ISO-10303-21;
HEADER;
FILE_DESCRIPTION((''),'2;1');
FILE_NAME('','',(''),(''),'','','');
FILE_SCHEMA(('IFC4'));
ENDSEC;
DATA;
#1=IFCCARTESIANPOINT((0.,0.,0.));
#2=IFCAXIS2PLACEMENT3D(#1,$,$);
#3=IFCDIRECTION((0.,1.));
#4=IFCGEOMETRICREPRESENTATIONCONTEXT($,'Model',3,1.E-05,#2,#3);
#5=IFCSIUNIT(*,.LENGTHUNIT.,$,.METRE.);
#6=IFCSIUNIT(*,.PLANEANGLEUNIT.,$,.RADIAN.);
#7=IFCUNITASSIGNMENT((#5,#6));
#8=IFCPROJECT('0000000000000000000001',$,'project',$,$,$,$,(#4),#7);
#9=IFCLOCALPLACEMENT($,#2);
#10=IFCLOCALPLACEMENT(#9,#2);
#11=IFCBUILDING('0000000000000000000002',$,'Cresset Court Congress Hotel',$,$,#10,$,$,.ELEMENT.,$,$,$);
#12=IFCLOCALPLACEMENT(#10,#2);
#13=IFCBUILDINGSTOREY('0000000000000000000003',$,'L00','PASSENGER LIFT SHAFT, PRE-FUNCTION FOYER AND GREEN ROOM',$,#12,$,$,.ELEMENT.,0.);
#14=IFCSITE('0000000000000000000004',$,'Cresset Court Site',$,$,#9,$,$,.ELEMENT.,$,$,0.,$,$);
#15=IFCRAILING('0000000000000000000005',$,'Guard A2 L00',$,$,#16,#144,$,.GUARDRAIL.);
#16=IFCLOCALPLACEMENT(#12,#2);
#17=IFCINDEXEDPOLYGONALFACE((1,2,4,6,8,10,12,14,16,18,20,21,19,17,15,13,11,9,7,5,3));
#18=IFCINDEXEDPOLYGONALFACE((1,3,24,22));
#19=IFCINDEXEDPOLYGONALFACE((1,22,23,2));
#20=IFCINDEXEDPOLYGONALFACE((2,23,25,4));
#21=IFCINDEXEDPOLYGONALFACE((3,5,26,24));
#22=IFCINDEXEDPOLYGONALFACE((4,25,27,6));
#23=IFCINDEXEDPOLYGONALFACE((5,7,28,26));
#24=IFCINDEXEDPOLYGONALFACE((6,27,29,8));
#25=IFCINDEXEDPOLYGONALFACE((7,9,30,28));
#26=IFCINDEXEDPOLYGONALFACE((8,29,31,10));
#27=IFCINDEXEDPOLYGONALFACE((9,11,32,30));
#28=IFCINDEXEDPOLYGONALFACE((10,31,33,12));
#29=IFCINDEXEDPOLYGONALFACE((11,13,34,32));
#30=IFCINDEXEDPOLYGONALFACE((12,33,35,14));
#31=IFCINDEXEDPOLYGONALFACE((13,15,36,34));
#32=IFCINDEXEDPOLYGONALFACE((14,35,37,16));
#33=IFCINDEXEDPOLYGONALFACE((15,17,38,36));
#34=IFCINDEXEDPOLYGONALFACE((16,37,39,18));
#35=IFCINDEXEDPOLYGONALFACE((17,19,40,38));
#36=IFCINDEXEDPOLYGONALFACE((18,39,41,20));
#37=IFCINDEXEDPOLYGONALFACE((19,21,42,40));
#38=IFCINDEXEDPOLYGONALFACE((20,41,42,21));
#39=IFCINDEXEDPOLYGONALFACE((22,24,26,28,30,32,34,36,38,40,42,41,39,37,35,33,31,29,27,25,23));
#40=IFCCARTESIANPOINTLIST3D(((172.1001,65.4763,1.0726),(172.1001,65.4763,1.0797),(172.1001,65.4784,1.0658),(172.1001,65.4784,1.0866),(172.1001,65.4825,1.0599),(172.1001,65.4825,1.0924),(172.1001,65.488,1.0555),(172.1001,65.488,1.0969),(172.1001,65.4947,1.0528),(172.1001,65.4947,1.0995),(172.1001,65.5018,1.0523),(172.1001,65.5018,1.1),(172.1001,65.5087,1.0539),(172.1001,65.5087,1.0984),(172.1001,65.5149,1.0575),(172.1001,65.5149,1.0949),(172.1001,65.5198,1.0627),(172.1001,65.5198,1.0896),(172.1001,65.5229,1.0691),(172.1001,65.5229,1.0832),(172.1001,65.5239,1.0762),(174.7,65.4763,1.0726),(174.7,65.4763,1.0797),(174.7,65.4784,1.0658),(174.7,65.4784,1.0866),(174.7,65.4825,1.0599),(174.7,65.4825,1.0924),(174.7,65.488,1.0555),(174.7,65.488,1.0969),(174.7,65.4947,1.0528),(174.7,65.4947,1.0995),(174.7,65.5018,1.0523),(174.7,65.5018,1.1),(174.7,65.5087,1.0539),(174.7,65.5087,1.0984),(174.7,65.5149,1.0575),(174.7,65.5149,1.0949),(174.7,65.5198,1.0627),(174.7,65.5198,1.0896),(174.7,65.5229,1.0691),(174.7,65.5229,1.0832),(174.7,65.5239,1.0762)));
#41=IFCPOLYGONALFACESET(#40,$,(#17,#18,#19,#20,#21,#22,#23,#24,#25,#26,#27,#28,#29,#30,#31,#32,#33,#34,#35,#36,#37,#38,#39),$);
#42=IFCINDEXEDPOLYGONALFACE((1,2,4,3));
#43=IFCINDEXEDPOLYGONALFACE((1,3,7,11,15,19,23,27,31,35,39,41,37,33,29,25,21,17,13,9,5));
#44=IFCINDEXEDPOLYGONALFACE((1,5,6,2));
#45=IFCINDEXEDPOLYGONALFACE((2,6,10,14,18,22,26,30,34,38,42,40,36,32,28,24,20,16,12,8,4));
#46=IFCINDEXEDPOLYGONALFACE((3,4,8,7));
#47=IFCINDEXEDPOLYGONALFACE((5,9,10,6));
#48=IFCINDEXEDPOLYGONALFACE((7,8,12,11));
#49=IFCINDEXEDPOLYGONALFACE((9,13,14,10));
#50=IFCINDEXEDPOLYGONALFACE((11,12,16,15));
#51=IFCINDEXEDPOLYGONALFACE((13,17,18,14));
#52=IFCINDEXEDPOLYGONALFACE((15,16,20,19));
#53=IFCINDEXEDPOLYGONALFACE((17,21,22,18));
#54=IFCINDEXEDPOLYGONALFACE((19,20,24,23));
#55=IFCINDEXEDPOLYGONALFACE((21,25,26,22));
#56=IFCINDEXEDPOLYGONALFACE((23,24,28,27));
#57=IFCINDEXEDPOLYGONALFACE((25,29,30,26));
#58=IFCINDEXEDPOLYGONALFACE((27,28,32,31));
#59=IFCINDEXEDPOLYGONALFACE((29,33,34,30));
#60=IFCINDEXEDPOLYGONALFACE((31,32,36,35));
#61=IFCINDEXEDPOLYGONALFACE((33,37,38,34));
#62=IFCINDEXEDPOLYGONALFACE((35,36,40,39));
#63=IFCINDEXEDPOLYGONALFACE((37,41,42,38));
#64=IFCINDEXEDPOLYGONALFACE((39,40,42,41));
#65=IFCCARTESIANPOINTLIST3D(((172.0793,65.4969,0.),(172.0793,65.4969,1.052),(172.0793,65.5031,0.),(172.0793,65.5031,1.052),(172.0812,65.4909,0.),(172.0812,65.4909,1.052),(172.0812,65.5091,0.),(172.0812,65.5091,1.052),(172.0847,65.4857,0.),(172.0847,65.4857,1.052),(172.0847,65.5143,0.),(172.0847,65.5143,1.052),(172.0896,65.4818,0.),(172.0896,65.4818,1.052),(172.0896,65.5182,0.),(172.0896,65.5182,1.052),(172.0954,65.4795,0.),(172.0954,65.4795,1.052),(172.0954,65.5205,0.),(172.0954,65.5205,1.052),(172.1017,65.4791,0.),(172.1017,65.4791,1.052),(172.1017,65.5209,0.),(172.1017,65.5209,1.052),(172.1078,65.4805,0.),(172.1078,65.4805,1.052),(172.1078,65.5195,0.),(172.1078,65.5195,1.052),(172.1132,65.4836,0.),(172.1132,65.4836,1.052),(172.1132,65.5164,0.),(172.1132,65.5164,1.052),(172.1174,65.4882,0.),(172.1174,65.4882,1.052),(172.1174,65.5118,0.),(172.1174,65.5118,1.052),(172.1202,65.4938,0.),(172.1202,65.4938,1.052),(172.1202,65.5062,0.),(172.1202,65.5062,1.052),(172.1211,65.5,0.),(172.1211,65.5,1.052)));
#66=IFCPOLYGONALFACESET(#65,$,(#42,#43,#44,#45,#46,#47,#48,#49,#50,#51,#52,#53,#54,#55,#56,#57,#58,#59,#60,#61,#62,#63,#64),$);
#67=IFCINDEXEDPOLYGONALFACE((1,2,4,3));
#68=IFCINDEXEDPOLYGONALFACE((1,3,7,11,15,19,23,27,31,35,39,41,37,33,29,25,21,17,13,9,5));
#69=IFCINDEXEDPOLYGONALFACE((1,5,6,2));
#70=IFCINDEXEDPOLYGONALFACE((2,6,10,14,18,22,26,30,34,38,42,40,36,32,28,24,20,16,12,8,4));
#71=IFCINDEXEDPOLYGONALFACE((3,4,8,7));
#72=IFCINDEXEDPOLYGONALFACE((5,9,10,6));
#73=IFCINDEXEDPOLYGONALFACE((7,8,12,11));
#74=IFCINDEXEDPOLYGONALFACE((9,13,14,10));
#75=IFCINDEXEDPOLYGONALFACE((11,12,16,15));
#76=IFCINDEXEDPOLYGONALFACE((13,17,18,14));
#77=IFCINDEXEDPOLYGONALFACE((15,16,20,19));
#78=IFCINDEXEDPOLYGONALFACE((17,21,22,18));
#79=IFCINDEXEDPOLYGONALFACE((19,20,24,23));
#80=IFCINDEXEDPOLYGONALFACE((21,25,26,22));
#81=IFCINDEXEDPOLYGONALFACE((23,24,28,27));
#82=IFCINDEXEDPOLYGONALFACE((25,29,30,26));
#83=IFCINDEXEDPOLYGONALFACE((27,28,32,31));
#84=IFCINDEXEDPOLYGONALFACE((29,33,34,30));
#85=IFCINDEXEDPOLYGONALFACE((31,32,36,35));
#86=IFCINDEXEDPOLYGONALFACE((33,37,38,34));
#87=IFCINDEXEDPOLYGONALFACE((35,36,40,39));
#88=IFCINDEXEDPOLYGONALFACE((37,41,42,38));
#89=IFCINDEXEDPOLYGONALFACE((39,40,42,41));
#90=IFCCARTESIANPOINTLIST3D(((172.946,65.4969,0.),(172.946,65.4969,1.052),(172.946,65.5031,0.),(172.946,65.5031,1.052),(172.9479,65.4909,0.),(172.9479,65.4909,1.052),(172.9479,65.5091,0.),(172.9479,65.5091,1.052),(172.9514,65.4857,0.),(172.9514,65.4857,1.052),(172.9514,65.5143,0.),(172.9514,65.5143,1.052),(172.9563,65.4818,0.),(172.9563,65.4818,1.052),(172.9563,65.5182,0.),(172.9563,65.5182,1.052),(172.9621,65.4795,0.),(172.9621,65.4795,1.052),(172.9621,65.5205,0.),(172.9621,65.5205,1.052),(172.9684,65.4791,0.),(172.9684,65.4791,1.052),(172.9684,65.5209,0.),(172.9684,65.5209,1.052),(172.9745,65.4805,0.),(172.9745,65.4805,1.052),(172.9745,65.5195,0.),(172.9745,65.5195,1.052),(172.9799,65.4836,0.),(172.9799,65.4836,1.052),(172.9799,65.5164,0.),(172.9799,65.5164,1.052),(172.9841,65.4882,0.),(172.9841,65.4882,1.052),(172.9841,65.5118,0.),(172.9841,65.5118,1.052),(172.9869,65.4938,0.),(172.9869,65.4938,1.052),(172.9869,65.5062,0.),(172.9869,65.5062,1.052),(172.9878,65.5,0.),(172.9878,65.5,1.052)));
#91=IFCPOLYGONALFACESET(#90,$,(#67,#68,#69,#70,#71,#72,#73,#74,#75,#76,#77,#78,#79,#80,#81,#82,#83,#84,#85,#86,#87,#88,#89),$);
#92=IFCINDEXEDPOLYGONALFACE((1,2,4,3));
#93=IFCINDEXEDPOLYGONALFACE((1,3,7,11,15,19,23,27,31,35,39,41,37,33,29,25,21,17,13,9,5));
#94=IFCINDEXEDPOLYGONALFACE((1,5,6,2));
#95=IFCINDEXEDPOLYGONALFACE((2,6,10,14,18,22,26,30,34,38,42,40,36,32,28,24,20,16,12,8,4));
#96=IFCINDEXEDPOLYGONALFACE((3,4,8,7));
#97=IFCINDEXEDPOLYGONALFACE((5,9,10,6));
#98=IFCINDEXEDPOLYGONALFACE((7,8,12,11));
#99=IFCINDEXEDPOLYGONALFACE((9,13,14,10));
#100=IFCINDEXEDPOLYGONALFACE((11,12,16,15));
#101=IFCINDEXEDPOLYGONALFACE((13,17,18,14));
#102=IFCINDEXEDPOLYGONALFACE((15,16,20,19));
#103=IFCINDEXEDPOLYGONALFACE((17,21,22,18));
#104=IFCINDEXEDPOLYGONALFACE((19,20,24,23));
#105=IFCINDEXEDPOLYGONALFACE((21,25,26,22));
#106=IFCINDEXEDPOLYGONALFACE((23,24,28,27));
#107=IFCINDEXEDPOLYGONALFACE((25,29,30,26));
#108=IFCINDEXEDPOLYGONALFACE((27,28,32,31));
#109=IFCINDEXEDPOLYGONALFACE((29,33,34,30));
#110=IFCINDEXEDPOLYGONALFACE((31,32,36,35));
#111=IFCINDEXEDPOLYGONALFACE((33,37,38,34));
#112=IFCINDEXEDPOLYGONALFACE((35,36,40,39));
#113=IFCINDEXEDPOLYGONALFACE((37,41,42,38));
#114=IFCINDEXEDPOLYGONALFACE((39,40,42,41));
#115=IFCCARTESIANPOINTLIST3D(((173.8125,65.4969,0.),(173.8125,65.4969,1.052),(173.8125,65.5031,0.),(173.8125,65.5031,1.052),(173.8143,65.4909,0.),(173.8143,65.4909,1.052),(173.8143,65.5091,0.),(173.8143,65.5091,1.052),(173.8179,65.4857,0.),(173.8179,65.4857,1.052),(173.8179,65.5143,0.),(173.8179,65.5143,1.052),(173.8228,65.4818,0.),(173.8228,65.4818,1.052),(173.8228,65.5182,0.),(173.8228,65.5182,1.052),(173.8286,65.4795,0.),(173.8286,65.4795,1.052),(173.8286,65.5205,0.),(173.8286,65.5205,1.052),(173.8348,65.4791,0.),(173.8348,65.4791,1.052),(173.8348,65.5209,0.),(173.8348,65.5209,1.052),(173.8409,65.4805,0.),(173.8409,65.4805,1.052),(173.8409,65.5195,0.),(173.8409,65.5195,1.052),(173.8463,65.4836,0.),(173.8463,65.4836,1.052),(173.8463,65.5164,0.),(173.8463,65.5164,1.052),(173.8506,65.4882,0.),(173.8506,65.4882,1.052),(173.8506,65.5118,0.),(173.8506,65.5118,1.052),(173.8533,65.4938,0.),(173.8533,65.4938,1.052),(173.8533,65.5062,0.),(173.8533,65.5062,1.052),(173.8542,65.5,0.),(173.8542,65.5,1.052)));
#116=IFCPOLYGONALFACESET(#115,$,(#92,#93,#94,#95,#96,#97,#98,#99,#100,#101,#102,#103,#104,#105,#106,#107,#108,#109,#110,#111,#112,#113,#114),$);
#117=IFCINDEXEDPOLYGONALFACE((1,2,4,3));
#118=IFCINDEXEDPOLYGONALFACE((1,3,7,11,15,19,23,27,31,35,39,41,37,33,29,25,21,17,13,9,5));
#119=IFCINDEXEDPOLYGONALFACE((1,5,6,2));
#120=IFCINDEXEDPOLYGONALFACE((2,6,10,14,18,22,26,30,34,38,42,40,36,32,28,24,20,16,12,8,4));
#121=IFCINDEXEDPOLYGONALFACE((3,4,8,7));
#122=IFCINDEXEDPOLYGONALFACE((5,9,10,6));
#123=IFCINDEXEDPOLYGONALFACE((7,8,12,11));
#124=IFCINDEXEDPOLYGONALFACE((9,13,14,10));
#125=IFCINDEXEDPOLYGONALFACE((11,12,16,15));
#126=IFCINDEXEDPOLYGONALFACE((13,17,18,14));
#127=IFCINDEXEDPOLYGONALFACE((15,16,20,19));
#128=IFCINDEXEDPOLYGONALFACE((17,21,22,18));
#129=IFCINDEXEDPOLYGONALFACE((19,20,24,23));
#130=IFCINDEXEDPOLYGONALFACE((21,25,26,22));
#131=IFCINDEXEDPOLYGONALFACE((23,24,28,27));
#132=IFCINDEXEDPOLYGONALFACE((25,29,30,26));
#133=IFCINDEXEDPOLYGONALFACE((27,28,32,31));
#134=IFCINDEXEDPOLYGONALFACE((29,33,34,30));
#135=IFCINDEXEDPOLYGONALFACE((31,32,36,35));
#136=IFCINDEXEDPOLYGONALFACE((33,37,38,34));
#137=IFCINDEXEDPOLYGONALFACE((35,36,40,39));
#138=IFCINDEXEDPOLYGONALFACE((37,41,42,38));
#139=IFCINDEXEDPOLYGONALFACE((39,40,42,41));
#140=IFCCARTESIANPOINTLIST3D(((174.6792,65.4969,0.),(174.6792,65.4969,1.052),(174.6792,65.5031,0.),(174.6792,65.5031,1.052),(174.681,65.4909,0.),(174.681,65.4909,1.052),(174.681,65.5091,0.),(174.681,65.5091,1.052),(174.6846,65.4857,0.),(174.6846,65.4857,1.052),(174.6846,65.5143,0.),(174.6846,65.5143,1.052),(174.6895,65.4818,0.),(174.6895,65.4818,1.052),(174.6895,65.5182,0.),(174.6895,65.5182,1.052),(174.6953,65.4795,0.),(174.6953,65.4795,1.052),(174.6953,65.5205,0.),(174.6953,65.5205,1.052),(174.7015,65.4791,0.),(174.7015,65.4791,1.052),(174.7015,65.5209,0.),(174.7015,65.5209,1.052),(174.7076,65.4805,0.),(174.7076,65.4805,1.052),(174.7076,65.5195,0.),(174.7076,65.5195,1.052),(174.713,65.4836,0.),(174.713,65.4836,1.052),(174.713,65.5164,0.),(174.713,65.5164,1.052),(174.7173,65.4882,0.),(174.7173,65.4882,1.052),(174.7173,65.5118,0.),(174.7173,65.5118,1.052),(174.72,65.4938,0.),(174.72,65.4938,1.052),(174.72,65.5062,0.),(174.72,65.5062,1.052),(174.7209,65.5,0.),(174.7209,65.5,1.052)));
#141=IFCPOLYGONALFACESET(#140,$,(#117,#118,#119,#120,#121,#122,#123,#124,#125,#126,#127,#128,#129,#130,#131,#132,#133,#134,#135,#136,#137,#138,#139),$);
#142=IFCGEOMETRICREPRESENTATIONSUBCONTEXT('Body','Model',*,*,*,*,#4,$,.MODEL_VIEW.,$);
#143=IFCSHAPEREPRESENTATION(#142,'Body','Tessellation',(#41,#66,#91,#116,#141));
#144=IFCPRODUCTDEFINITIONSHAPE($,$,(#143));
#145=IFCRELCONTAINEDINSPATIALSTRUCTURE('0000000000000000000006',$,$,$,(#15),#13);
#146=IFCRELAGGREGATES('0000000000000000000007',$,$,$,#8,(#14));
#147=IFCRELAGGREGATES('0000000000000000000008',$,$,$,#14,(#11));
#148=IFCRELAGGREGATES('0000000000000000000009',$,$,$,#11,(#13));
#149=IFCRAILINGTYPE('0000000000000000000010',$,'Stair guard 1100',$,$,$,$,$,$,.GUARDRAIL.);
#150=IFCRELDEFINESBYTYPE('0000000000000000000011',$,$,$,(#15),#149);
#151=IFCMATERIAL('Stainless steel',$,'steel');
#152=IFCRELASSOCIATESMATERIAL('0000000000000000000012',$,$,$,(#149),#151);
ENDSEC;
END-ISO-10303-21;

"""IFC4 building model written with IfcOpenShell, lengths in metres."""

from ifc_helpers import new_model, si_unit, direction, frame, origin, origin_2d, place, context, subcontext, project, spatial, circle, extrude, material, type_object, element, save


model = new_model("IFC4")

# Units and contexts
model_context = context("Model", 3, precision=1e-05, world=origin(), true_north=direction((0.0, 1.0)))
body_context = subcontext(model_context, "Body", "Model", "MODEL_VIEW")
ifc_project = project(units=[si_unit("LENGTHUNIT", "METRE"), si_unit("PLANEANGLEUNIT", "RADIAN")], contexts=[model_context])

# Site, building, storey
site_placement = place(None, origin())
site = spatial("IfcSite", under=ifc_project, at=site_placement, Name="Cresset Court Site", CompositionType="ELEMENT", RefElevation=0.0)
building_placement = place(site_placement, origin())
building = spatial("IfcBuilding", under=site, at=building_placement, Name="Cresset Court Congress Hotel", CompositionType="ELEMENT")
storey_placement = place(building_placement, origin())
storey = spatial("IfcBuildingStorey", under=building, at=storey_placement, Name="L00", Description="PASSENGER LIFT SHAFT, PRE-FUNCTION FOYER AND GREEN ROOM", CompositionType="ELEMENT", Elevation=0.0)

# Railing
ifc_material_1 = material(Name="Stainless steel", Category="steel")
railing_type_1 = type_object("IfcRailingType", Name="Stair guard 1100", PredefinedType="GUARDRAIL", material=ifc_material_1)
for number, where, name in (
    (1, (172.1001, 65.5, 0.0), "Guard A2 L00"),
):
    element("IfcRailing", number, at=place(storey_placement, frame(where)), inside=storey, type_object=railing_type_1, Name=name, PredefinedType="GUARDRAIL", context=body_context, shape_type="SweptSolid", body=[
        extrude(circle(Radius=0.0239, at=origin_2d()), frame((0.0, 0.0, 1.0762), z_axis=(1.0, 0.0, 0.0), x_axis=(0.0, 1.0, 0.0)), (0.0, 0.0, 1.0), 2.5999),
        extrude(circle(Radius=0.021, at=origin_2d()), origin(), (0.0, 0.0, 1.0), 1.052),
        extrude(circle(Radius=0.021, at=origin_2d()), frame((0.8667, 0.0, 0.0)), (0.0, 0.0, 1.0), 1.052),
        extrude(circle(Radius=0.021, at=origin_2d()), frame((1.7332, 0.0, 0.0)), (0.0, 0.0, 1.0), 1.052),
        extrude(circle(Radius=0.021, at=origin_2d()), frame((2.5999, 0.0, 0.0)), (0.0, 0.0, 1.0), 1.052),
    ])

save(model, "model.ifc")
